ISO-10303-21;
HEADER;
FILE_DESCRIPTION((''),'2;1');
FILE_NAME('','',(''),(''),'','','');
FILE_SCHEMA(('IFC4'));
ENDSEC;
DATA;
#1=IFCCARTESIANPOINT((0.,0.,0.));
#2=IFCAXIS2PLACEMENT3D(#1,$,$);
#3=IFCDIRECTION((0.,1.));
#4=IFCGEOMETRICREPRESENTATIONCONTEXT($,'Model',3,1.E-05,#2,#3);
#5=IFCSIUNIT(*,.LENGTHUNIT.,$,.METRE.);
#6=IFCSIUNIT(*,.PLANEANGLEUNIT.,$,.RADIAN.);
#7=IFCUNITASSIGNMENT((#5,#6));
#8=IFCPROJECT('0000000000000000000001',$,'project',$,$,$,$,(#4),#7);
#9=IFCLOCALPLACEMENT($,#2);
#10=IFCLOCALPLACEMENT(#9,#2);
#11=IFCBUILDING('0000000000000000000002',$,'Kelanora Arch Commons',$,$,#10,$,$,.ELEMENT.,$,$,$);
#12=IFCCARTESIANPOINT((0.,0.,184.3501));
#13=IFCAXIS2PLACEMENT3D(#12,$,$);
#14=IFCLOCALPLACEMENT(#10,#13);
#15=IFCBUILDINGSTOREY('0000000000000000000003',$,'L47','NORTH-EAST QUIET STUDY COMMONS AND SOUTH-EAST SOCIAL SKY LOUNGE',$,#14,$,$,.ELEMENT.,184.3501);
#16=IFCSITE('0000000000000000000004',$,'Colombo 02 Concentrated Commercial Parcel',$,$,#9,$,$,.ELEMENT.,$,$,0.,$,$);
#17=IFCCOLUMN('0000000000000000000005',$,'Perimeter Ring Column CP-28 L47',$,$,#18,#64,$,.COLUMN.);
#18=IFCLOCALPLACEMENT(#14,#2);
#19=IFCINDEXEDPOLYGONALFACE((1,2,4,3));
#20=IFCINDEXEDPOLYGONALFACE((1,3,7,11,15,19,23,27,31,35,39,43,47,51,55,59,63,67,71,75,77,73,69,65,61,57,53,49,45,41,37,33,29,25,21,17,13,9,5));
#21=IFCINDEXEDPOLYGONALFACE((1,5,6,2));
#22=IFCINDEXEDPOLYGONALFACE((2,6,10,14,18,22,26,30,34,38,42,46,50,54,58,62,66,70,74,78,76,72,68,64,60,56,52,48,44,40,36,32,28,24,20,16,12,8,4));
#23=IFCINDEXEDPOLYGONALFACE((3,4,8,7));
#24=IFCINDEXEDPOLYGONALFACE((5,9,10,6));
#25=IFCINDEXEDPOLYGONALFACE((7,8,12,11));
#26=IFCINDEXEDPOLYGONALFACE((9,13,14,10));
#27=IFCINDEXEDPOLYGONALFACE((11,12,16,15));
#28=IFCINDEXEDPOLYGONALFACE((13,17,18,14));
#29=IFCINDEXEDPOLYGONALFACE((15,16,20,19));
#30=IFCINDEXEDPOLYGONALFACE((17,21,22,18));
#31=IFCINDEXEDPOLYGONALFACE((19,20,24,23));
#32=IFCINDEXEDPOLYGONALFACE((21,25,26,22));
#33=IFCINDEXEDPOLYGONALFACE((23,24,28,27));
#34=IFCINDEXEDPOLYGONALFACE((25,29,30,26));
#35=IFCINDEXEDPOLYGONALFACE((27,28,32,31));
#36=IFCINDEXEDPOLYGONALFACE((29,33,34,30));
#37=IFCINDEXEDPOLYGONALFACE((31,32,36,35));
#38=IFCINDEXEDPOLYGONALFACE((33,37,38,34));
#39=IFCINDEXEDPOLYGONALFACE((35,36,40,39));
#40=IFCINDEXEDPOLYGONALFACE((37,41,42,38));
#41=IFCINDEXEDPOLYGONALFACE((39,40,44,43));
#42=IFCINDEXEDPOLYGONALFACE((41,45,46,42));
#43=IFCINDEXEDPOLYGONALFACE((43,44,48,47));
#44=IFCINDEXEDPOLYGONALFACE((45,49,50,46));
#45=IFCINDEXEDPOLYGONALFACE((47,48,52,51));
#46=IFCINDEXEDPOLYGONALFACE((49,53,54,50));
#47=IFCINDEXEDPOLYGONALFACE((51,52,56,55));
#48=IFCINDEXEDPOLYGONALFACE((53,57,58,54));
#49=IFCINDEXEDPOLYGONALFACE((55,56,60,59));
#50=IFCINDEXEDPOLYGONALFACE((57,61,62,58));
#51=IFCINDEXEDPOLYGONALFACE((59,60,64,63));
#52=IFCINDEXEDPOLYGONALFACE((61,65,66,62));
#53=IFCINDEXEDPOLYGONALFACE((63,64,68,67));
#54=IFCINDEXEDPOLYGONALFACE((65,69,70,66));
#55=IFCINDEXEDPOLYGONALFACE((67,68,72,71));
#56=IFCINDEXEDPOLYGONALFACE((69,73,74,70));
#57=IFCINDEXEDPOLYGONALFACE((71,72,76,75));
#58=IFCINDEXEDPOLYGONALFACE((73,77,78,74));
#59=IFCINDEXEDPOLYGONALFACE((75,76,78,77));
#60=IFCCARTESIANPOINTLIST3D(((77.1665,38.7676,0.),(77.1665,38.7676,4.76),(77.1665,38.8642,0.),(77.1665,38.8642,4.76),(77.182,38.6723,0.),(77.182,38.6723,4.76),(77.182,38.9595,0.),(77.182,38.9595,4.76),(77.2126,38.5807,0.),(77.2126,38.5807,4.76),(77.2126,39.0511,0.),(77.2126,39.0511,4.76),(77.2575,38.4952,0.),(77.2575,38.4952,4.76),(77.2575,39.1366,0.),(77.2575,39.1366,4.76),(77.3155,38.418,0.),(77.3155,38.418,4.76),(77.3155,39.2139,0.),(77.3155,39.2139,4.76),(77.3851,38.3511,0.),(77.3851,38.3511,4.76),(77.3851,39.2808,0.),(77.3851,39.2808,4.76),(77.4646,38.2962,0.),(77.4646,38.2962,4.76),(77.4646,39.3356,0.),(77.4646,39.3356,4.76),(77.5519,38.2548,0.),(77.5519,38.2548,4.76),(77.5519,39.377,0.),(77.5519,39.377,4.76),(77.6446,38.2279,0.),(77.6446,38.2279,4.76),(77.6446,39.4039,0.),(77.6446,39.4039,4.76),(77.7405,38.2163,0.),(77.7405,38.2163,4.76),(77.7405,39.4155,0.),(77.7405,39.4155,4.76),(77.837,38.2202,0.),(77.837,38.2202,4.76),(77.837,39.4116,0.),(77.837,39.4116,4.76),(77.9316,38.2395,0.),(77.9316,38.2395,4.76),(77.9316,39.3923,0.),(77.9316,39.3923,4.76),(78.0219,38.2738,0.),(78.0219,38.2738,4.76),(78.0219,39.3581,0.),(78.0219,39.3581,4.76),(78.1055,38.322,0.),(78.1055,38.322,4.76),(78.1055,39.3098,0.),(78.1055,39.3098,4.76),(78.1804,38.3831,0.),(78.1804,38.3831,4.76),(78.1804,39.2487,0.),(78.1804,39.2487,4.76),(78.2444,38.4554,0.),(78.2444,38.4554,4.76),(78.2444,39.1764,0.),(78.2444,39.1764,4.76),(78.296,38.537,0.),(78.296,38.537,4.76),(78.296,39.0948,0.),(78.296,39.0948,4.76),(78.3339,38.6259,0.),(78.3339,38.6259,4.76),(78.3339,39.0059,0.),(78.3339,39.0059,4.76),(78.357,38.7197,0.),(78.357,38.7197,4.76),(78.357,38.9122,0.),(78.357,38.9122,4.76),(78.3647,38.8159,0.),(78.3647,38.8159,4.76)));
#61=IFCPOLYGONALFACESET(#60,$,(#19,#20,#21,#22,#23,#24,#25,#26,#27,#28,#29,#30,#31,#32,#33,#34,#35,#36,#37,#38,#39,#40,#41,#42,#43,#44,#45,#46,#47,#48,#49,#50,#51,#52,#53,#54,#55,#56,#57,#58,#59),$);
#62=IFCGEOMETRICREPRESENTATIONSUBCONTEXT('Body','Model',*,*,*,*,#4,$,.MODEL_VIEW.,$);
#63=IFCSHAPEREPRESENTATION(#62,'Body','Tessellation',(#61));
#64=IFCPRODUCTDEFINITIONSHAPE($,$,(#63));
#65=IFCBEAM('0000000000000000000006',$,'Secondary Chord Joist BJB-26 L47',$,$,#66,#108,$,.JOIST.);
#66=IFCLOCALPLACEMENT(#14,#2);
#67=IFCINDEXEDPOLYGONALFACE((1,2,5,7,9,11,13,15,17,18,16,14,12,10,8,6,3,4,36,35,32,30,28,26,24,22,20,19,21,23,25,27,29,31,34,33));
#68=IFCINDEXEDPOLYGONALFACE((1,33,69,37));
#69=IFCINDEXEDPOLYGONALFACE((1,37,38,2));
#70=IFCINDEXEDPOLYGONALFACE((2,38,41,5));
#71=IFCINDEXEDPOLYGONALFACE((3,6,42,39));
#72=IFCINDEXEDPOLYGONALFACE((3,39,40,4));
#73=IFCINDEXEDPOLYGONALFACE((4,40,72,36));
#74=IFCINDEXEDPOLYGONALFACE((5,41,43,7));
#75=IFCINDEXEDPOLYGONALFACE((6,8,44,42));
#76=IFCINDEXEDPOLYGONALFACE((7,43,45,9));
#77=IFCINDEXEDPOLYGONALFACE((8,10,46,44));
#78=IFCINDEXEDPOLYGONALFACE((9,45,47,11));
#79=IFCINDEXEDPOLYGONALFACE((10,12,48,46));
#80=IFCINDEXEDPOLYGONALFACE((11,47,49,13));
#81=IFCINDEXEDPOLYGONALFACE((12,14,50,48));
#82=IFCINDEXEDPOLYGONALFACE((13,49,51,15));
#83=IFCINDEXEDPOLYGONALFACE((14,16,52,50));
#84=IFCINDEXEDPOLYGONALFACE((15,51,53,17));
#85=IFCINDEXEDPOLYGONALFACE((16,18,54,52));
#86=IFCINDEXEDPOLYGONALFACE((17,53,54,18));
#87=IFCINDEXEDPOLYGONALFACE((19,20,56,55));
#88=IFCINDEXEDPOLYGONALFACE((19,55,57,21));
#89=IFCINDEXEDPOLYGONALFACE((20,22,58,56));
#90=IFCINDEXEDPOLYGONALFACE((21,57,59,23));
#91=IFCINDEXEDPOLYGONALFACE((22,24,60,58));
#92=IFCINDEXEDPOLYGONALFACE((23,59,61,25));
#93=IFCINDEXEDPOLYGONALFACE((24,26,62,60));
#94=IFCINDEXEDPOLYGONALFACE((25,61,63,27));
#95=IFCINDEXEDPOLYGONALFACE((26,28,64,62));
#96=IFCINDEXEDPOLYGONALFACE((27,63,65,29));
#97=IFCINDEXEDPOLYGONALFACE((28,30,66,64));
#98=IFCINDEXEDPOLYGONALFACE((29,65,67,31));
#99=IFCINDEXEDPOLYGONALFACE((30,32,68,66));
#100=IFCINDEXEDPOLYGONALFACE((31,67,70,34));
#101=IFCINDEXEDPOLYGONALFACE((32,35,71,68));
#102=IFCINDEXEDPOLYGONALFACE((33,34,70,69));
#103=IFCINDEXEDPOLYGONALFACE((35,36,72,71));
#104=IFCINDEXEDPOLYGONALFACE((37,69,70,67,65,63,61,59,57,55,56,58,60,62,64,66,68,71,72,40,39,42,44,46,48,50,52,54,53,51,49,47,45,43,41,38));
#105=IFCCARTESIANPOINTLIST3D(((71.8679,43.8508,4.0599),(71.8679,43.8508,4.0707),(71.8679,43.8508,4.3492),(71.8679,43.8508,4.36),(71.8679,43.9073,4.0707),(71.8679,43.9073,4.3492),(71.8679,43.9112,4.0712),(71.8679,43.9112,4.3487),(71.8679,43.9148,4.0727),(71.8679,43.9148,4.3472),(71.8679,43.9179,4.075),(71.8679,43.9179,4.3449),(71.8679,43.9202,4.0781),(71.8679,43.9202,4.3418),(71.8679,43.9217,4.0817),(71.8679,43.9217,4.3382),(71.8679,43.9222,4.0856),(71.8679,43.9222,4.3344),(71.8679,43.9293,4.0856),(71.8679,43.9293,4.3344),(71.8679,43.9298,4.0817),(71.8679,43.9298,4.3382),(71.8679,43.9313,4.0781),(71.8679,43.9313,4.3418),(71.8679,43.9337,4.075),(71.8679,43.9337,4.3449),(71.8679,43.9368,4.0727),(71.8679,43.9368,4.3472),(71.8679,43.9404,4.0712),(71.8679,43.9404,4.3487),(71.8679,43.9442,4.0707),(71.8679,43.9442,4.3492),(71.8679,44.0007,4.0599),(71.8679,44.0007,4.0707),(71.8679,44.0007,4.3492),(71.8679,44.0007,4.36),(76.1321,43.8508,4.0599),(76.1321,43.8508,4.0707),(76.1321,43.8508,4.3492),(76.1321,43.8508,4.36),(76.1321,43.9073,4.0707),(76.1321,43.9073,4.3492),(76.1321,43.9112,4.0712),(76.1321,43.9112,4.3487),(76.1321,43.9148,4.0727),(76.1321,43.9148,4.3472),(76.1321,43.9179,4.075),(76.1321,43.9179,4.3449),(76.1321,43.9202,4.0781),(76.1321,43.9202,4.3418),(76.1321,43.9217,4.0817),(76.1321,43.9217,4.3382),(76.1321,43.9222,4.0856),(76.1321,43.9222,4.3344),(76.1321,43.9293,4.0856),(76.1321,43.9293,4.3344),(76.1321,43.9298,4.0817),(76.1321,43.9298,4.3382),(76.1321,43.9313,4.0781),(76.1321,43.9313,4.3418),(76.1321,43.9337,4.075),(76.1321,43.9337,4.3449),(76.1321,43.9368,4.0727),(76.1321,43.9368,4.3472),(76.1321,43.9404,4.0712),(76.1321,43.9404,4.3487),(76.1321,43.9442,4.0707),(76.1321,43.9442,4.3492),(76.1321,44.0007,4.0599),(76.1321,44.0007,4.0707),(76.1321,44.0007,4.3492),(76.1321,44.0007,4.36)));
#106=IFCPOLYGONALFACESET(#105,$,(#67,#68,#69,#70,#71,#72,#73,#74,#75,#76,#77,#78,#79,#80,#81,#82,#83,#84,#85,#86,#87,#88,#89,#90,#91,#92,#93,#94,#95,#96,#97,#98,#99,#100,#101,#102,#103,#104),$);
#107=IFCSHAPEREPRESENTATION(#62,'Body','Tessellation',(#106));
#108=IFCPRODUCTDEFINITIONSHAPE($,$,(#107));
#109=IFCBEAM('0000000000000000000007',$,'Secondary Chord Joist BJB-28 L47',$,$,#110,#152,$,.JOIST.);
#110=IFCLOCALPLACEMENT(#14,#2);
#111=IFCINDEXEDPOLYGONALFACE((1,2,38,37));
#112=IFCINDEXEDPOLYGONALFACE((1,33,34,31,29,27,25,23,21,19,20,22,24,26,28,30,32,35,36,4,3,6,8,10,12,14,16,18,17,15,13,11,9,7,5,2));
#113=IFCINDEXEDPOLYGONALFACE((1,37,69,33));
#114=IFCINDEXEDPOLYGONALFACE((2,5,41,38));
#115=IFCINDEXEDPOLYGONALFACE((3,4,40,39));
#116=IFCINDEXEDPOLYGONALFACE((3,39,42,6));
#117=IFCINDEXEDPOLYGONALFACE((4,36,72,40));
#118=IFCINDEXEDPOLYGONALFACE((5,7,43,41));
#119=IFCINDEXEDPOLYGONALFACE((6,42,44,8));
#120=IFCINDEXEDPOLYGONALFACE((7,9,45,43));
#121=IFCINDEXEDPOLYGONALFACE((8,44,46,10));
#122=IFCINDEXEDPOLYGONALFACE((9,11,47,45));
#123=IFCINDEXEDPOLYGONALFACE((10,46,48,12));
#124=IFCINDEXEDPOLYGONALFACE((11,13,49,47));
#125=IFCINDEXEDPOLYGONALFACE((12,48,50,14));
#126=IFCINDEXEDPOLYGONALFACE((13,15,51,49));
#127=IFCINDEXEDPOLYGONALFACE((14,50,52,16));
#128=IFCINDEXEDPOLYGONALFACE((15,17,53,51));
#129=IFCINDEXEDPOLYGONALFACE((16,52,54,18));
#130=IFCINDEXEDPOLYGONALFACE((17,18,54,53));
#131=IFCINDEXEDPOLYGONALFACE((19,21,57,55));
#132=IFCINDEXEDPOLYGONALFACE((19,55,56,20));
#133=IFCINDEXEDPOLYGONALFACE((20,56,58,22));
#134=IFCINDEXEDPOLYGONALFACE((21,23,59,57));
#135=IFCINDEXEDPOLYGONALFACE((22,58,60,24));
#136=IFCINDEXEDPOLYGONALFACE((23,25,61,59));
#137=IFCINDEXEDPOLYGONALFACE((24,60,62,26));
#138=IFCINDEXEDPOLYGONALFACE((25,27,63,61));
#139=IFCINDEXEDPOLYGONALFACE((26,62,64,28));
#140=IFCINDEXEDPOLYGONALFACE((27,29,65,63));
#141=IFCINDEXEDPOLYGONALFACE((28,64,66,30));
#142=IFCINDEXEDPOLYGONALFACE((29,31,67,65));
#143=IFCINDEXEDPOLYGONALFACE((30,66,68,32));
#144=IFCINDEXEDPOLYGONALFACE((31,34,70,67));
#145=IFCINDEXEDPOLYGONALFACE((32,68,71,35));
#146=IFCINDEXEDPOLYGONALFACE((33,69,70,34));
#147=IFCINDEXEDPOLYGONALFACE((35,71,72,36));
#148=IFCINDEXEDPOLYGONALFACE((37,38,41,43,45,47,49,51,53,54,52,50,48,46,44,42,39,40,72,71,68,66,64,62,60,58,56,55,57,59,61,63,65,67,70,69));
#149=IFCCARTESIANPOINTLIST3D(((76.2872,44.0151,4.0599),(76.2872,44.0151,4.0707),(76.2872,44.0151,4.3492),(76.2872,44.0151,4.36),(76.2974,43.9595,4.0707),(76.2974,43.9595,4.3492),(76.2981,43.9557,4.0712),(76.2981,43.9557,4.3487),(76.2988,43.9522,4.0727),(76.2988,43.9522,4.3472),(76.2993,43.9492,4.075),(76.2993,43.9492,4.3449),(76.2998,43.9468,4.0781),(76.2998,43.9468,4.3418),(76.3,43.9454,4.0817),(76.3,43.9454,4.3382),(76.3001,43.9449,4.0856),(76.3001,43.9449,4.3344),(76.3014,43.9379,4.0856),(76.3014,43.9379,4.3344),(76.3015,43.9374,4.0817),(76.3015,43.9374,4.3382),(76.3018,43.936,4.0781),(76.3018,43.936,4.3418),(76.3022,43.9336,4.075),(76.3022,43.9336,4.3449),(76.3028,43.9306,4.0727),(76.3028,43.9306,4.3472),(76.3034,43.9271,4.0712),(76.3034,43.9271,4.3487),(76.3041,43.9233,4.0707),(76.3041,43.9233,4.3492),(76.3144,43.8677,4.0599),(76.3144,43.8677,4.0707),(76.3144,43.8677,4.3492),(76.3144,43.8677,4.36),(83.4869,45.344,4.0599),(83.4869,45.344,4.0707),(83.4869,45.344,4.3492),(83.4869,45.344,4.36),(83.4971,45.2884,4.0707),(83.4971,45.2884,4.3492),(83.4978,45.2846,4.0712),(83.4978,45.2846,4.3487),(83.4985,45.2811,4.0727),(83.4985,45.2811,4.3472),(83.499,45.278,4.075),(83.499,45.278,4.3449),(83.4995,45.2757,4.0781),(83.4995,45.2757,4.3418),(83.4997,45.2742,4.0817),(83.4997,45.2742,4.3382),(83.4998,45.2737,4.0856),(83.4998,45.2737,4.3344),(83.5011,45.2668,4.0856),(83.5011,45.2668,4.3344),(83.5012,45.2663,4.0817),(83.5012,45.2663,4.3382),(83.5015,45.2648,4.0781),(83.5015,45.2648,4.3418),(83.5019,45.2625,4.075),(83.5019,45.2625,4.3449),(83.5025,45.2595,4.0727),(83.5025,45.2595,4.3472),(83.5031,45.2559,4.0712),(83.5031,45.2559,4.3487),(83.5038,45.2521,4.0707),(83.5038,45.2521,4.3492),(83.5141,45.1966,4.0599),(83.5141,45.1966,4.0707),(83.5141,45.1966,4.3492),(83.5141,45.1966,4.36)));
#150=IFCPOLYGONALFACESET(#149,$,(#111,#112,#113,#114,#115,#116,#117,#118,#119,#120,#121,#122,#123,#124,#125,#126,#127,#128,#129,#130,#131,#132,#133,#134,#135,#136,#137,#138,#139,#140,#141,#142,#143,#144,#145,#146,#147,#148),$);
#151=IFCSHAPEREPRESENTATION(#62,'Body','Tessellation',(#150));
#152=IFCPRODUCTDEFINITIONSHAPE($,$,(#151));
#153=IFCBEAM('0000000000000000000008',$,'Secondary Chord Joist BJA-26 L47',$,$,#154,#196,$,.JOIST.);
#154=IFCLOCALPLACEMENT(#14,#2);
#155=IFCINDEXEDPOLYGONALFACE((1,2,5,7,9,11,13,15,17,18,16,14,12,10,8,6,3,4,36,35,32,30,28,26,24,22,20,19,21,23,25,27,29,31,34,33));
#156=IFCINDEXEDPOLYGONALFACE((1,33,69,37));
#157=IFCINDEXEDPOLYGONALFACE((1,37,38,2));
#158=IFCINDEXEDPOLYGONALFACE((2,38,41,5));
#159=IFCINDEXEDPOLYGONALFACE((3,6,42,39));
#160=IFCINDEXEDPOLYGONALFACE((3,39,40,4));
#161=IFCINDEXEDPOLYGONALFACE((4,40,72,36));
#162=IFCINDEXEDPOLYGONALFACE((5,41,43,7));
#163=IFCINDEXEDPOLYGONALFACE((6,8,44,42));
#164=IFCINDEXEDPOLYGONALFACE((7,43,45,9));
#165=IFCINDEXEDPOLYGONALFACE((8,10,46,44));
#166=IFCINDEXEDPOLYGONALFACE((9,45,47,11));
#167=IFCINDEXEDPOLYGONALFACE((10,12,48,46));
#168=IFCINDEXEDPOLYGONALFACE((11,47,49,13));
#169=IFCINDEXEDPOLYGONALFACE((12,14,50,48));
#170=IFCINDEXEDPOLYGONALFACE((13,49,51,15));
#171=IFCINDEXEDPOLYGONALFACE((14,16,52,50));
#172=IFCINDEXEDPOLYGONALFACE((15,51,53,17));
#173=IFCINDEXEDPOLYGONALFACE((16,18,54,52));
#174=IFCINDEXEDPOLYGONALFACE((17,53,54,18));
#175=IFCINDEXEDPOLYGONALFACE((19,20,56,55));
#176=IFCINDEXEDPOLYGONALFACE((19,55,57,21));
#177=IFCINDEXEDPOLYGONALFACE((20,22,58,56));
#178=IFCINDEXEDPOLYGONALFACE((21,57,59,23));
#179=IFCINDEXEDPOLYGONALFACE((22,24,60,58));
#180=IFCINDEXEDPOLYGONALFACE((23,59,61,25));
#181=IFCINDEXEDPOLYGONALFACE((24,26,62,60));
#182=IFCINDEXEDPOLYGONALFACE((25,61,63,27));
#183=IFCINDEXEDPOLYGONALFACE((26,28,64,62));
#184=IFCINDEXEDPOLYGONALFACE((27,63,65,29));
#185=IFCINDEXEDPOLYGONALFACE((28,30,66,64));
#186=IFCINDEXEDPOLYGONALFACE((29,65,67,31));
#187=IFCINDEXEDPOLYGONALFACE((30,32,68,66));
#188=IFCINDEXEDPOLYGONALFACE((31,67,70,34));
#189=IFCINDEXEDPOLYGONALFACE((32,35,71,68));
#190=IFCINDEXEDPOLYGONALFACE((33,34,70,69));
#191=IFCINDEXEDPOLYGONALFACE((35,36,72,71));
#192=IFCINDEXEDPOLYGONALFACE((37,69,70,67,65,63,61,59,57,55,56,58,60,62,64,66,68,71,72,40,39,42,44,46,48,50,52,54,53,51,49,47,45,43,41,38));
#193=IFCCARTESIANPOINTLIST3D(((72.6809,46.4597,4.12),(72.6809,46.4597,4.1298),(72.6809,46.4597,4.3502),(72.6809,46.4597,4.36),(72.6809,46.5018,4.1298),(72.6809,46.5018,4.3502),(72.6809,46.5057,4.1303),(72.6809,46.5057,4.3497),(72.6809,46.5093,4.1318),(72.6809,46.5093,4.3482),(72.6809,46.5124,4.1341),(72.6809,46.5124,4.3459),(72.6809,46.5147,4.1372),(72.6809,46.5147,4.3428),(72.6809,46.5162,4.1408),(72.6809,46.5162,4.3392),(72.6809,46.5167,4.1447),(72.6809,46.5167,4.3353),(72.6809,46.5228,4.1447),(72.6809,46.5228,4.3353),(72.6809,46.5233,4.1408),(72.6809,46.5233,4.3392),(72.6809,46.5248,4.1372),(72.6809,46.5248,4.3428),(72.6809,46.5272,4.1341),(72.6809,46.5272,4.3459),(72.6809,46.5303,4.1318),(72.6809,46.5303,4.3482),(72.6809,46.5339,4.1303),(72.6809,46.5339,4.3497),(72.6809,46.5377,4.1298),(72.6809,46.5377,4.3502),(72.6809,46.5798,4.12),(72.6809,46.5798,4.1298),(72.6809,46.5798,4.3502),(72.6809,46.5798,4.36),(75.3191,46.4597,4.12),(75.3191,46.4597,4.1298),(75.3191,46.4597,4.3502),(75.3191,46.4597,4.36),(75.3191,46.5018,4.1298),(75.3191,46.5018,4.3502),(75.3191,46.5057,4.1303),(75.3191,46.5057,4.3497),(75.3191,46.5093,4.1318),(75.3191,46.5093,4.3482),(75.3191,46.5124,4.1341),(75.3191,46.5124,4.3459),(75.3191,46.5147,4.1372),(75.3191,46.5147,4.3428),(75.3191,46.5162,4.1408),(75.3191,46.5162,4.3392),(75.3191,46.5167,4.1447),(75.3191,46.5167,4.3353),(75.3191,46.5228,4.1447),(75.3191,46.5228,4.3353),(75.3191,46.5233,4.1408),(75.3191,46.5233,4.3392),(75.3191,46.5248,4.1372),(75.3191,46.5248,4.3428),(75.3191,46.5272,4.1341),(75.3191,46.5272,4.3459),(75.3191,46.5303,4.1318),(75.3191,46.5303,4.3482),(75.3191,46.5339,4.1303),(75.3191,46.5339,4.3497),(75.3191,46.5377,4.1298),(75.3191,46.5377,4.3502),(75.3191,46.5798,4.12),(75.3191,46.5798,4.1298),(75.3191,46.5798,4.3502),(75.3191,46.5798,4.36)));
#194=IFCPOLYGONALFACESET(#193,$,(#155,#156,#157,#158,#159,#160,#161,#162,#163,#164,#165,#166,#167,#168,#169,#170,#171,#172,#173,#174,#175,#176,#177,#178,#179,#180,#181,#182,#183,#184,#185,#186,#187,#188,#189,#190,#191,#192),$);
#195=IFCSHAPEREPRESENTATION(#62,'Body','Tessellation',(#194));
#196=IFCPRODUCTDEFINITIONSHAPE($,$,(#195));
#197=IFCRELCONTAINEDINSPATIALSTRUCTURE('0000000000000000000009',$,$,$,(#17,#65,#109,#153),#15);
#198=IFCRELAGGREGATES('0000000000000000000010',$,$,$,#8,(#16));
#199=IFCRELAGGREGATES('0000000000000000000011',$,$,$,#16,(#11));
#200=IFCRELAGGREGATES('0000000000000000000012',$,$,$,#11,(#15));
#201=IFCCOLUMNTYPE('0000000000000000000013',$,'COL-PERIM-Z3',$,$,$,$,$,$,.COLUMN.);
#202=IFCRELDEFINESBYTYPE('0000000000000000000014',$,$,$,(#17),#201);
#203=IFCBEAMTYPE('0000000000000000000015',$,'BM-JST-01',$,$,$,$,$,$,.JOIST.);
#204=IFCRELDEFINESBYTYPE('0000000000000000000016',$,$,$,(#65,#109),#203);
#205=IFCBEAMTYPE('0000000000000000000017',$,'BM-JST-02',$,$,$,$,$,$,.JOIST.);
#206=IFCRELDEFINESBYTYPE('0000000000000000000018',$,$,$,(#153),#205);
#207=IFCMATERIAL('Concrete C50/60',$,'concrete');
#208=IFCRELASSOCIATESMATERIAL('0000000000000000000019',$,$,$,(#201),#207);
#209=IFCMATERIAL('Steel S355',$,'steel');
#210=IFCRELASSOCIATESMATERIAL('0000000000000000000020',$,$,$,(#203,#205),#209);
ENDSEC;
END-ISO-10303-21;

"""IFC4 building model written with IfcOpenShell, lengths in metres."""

from ifc_helpers import new_model, si_unit, direction, frame, origin, origin_2d, place, context, subcontext, project, spatial, circle, i_section, extrude, material, material_profile, profile_set, type_object, element, save


model = new_model("IFC4")

# Units and contexts
model_context = context("Model", 3, precision=1e-05, world=origin(), true_north=direction((0.0, 1.0)))
body_context = subcontext(model_context, "Body", "Model", "MODEL_VIEW")
ifc_project = project(units=[si_unit("LENGTHUNIT", "METRE"), si_unit("PLANEANGLEUNIT", "RADIAN")], contexts=[model_context])

# Site, building, storey
site_placement = place(None, origin())
site = spatial("IfcSite", under=ifc_project, at=site_placement, Name="Colombo 02 Concentrated Commercial Parcel", CompositionType="ELEMENT", RefElevation=0.0)
building_placement = place(site_placement, origin())
building = spatial("IfcBuilding", under=site, at=building_placement, Name="Kelanora Arch Commons", CompositionType="ELEMENT")
storey_placement = place(building_placement, frame((0.0, 0.0, 184.3501)))
storey = spatial("IfcBuildingStorey", under=building, at=storey_placement, Name="L47", Description="NORTH-EAST QUIET STUDY COMMONS AND SOUTH-EAST SOCIAL SKY LOUNGE", CompositionType="ELEMENT", Elevation=184.3501)

# Column
ifc_material_1 = material(Name="Concrete C50/60", Category="concrete")
ifc_material_profile_1 = material_profile(ifc_material_1, circle(Radius=0.6001, at=origin_2d()), Name="RCC1200")
ifc_profile_set_1 = profile_set([ifc_material_profile_1], Name="Concrete C50/60")
column_type = type_object("IfcColumnType", Name="COL-PERIM-Z3", PredefinedType="COLUMN", material=ifc_profile_set_1)
column_placement = place(storey_placement, frame((77.7646, 38.8159, 0.0), z_axis=(0.0, 0.0, 1.0), x_axis=(1.0, 0.0, 0.0)))
element("IfcColumn", 1, at=column_placement, inside=storey, type_object=column_type, Name="Perimeter Ring Column CP-28 L47", PredefinedType="COLUMN", context=body_context, shape_type="SweptSolid", body=[
    extrude(circle(Radius=0.6001, at=origin_2d()), origin(), (0.0, 0.0, 1.0), 4.76),
])

# Beams
ifc_material_2 = material(Name="Steel S355", Category="steel")
ifc_material_profile_2 = material_profile(ifc_material_2, i_section(OverallWidth=0.1499, OverallDepth=0.3, WebThickness=0.0071, FlangeThickness=0.0107, FilletRadius=0.0149, at=origin_2d()), Name="IPE300")
ifc_profile_set_2 = profile_set([ifc_material_profile_2], Name="Steel S355")
beam_type_1 = type_object("IfcBeamType", Name="BM-JST-01", PredefinedType="JOIST", material=ifc_profile_set_2)
beam_1_placement = place(storey_placement, frame((71.8679, 43.9258, 4.21), z_axis=(1.0, 0.0, 0.0), x_axis=(0.0, 1.0, 0.0)))
element("IfcBeam", 2, at=beam_1_placement, inside=storey, type_object=beam_type_1, Name="Secondary Chord Joist BJB-26 L47", PredefinedType="JOIST", context=body_context, shape_type="SweptSolid", body=[
    extrude(i_section(OverallWidth=0.1499, OverallDepth=0.3, WebThickness=0.0071, FlangeThickness=0.0107, FilletRadius=0.0149, at=origin_2d()), origin(), (0.0, 0.0, 1.0), 4.2642),
])
beam_2_placement = place(storey_placement, frame((76.3008, 43.9414, 4.21), z_axis=(0.98339, 0.181505, 0.0), x_axis=(-0.181505, 0.98339, 0.0)))
element("IfcBeam", 3, at=beam_2_placement, inside=storey, type_object=beam_type_1, Name="Secondary Chord Joist BJB-28 L47", PredefinedType="JOIST", context=body_context, shape_type="SweptSolid", body=[
    extrude(i_section(OverallWidth=0.1499, OverallDepth=0.3, WebThickness=0.0071, FlangeThickness=0.0107, FilletRadius=0.0149, at=origin_2d()), origin(), (0.0, 0.0, 1.0), 7.3213),
])
ifc_material_profile_3 = material_profile(ifc_material_2, i_section(OverallWidth=0.1201, OverallDepth=0.24, WebThickness=0.0061, FlangeThickness=0.0098, FilletRadius=0.0149, at=origin_2d()), Name="IPE240")
ifc_profile_set_3 = profile_set([ifc_material_profile_3], Name="Steel S355")
beam_type_2 = type_object("IfcBeamType", Name="BM-JST-02", PredefinedType="JOIST", material=ifc_profile_set_3)
beam_3_placement = place(storey_placement, frame((72.6809, 46.5198, 4.24), z_axis=(1.0, 0.0, 0.0), x_axis=(0.0, 1.0, 0.0)))
element("IfcBeam", 4, at=beam_3_placement, inside=storey, type_object=beam_type_2, Name="Secondary Chord Joist BJA-26 L47", PredefinedType="JOIST", context=body_context, shape_type="SweptSolid", body=[
    extrude(i_section(OverallWidth=0.1201, OverallDepth=0.24, WebThickness=0.0061, FlangeThickness=0.0098, FilletRadius=0.0149, at=origin_2d()), origin(), (0.0, 0.0, 1.0), 2.6382),
])

save(model, "model.ifc")
